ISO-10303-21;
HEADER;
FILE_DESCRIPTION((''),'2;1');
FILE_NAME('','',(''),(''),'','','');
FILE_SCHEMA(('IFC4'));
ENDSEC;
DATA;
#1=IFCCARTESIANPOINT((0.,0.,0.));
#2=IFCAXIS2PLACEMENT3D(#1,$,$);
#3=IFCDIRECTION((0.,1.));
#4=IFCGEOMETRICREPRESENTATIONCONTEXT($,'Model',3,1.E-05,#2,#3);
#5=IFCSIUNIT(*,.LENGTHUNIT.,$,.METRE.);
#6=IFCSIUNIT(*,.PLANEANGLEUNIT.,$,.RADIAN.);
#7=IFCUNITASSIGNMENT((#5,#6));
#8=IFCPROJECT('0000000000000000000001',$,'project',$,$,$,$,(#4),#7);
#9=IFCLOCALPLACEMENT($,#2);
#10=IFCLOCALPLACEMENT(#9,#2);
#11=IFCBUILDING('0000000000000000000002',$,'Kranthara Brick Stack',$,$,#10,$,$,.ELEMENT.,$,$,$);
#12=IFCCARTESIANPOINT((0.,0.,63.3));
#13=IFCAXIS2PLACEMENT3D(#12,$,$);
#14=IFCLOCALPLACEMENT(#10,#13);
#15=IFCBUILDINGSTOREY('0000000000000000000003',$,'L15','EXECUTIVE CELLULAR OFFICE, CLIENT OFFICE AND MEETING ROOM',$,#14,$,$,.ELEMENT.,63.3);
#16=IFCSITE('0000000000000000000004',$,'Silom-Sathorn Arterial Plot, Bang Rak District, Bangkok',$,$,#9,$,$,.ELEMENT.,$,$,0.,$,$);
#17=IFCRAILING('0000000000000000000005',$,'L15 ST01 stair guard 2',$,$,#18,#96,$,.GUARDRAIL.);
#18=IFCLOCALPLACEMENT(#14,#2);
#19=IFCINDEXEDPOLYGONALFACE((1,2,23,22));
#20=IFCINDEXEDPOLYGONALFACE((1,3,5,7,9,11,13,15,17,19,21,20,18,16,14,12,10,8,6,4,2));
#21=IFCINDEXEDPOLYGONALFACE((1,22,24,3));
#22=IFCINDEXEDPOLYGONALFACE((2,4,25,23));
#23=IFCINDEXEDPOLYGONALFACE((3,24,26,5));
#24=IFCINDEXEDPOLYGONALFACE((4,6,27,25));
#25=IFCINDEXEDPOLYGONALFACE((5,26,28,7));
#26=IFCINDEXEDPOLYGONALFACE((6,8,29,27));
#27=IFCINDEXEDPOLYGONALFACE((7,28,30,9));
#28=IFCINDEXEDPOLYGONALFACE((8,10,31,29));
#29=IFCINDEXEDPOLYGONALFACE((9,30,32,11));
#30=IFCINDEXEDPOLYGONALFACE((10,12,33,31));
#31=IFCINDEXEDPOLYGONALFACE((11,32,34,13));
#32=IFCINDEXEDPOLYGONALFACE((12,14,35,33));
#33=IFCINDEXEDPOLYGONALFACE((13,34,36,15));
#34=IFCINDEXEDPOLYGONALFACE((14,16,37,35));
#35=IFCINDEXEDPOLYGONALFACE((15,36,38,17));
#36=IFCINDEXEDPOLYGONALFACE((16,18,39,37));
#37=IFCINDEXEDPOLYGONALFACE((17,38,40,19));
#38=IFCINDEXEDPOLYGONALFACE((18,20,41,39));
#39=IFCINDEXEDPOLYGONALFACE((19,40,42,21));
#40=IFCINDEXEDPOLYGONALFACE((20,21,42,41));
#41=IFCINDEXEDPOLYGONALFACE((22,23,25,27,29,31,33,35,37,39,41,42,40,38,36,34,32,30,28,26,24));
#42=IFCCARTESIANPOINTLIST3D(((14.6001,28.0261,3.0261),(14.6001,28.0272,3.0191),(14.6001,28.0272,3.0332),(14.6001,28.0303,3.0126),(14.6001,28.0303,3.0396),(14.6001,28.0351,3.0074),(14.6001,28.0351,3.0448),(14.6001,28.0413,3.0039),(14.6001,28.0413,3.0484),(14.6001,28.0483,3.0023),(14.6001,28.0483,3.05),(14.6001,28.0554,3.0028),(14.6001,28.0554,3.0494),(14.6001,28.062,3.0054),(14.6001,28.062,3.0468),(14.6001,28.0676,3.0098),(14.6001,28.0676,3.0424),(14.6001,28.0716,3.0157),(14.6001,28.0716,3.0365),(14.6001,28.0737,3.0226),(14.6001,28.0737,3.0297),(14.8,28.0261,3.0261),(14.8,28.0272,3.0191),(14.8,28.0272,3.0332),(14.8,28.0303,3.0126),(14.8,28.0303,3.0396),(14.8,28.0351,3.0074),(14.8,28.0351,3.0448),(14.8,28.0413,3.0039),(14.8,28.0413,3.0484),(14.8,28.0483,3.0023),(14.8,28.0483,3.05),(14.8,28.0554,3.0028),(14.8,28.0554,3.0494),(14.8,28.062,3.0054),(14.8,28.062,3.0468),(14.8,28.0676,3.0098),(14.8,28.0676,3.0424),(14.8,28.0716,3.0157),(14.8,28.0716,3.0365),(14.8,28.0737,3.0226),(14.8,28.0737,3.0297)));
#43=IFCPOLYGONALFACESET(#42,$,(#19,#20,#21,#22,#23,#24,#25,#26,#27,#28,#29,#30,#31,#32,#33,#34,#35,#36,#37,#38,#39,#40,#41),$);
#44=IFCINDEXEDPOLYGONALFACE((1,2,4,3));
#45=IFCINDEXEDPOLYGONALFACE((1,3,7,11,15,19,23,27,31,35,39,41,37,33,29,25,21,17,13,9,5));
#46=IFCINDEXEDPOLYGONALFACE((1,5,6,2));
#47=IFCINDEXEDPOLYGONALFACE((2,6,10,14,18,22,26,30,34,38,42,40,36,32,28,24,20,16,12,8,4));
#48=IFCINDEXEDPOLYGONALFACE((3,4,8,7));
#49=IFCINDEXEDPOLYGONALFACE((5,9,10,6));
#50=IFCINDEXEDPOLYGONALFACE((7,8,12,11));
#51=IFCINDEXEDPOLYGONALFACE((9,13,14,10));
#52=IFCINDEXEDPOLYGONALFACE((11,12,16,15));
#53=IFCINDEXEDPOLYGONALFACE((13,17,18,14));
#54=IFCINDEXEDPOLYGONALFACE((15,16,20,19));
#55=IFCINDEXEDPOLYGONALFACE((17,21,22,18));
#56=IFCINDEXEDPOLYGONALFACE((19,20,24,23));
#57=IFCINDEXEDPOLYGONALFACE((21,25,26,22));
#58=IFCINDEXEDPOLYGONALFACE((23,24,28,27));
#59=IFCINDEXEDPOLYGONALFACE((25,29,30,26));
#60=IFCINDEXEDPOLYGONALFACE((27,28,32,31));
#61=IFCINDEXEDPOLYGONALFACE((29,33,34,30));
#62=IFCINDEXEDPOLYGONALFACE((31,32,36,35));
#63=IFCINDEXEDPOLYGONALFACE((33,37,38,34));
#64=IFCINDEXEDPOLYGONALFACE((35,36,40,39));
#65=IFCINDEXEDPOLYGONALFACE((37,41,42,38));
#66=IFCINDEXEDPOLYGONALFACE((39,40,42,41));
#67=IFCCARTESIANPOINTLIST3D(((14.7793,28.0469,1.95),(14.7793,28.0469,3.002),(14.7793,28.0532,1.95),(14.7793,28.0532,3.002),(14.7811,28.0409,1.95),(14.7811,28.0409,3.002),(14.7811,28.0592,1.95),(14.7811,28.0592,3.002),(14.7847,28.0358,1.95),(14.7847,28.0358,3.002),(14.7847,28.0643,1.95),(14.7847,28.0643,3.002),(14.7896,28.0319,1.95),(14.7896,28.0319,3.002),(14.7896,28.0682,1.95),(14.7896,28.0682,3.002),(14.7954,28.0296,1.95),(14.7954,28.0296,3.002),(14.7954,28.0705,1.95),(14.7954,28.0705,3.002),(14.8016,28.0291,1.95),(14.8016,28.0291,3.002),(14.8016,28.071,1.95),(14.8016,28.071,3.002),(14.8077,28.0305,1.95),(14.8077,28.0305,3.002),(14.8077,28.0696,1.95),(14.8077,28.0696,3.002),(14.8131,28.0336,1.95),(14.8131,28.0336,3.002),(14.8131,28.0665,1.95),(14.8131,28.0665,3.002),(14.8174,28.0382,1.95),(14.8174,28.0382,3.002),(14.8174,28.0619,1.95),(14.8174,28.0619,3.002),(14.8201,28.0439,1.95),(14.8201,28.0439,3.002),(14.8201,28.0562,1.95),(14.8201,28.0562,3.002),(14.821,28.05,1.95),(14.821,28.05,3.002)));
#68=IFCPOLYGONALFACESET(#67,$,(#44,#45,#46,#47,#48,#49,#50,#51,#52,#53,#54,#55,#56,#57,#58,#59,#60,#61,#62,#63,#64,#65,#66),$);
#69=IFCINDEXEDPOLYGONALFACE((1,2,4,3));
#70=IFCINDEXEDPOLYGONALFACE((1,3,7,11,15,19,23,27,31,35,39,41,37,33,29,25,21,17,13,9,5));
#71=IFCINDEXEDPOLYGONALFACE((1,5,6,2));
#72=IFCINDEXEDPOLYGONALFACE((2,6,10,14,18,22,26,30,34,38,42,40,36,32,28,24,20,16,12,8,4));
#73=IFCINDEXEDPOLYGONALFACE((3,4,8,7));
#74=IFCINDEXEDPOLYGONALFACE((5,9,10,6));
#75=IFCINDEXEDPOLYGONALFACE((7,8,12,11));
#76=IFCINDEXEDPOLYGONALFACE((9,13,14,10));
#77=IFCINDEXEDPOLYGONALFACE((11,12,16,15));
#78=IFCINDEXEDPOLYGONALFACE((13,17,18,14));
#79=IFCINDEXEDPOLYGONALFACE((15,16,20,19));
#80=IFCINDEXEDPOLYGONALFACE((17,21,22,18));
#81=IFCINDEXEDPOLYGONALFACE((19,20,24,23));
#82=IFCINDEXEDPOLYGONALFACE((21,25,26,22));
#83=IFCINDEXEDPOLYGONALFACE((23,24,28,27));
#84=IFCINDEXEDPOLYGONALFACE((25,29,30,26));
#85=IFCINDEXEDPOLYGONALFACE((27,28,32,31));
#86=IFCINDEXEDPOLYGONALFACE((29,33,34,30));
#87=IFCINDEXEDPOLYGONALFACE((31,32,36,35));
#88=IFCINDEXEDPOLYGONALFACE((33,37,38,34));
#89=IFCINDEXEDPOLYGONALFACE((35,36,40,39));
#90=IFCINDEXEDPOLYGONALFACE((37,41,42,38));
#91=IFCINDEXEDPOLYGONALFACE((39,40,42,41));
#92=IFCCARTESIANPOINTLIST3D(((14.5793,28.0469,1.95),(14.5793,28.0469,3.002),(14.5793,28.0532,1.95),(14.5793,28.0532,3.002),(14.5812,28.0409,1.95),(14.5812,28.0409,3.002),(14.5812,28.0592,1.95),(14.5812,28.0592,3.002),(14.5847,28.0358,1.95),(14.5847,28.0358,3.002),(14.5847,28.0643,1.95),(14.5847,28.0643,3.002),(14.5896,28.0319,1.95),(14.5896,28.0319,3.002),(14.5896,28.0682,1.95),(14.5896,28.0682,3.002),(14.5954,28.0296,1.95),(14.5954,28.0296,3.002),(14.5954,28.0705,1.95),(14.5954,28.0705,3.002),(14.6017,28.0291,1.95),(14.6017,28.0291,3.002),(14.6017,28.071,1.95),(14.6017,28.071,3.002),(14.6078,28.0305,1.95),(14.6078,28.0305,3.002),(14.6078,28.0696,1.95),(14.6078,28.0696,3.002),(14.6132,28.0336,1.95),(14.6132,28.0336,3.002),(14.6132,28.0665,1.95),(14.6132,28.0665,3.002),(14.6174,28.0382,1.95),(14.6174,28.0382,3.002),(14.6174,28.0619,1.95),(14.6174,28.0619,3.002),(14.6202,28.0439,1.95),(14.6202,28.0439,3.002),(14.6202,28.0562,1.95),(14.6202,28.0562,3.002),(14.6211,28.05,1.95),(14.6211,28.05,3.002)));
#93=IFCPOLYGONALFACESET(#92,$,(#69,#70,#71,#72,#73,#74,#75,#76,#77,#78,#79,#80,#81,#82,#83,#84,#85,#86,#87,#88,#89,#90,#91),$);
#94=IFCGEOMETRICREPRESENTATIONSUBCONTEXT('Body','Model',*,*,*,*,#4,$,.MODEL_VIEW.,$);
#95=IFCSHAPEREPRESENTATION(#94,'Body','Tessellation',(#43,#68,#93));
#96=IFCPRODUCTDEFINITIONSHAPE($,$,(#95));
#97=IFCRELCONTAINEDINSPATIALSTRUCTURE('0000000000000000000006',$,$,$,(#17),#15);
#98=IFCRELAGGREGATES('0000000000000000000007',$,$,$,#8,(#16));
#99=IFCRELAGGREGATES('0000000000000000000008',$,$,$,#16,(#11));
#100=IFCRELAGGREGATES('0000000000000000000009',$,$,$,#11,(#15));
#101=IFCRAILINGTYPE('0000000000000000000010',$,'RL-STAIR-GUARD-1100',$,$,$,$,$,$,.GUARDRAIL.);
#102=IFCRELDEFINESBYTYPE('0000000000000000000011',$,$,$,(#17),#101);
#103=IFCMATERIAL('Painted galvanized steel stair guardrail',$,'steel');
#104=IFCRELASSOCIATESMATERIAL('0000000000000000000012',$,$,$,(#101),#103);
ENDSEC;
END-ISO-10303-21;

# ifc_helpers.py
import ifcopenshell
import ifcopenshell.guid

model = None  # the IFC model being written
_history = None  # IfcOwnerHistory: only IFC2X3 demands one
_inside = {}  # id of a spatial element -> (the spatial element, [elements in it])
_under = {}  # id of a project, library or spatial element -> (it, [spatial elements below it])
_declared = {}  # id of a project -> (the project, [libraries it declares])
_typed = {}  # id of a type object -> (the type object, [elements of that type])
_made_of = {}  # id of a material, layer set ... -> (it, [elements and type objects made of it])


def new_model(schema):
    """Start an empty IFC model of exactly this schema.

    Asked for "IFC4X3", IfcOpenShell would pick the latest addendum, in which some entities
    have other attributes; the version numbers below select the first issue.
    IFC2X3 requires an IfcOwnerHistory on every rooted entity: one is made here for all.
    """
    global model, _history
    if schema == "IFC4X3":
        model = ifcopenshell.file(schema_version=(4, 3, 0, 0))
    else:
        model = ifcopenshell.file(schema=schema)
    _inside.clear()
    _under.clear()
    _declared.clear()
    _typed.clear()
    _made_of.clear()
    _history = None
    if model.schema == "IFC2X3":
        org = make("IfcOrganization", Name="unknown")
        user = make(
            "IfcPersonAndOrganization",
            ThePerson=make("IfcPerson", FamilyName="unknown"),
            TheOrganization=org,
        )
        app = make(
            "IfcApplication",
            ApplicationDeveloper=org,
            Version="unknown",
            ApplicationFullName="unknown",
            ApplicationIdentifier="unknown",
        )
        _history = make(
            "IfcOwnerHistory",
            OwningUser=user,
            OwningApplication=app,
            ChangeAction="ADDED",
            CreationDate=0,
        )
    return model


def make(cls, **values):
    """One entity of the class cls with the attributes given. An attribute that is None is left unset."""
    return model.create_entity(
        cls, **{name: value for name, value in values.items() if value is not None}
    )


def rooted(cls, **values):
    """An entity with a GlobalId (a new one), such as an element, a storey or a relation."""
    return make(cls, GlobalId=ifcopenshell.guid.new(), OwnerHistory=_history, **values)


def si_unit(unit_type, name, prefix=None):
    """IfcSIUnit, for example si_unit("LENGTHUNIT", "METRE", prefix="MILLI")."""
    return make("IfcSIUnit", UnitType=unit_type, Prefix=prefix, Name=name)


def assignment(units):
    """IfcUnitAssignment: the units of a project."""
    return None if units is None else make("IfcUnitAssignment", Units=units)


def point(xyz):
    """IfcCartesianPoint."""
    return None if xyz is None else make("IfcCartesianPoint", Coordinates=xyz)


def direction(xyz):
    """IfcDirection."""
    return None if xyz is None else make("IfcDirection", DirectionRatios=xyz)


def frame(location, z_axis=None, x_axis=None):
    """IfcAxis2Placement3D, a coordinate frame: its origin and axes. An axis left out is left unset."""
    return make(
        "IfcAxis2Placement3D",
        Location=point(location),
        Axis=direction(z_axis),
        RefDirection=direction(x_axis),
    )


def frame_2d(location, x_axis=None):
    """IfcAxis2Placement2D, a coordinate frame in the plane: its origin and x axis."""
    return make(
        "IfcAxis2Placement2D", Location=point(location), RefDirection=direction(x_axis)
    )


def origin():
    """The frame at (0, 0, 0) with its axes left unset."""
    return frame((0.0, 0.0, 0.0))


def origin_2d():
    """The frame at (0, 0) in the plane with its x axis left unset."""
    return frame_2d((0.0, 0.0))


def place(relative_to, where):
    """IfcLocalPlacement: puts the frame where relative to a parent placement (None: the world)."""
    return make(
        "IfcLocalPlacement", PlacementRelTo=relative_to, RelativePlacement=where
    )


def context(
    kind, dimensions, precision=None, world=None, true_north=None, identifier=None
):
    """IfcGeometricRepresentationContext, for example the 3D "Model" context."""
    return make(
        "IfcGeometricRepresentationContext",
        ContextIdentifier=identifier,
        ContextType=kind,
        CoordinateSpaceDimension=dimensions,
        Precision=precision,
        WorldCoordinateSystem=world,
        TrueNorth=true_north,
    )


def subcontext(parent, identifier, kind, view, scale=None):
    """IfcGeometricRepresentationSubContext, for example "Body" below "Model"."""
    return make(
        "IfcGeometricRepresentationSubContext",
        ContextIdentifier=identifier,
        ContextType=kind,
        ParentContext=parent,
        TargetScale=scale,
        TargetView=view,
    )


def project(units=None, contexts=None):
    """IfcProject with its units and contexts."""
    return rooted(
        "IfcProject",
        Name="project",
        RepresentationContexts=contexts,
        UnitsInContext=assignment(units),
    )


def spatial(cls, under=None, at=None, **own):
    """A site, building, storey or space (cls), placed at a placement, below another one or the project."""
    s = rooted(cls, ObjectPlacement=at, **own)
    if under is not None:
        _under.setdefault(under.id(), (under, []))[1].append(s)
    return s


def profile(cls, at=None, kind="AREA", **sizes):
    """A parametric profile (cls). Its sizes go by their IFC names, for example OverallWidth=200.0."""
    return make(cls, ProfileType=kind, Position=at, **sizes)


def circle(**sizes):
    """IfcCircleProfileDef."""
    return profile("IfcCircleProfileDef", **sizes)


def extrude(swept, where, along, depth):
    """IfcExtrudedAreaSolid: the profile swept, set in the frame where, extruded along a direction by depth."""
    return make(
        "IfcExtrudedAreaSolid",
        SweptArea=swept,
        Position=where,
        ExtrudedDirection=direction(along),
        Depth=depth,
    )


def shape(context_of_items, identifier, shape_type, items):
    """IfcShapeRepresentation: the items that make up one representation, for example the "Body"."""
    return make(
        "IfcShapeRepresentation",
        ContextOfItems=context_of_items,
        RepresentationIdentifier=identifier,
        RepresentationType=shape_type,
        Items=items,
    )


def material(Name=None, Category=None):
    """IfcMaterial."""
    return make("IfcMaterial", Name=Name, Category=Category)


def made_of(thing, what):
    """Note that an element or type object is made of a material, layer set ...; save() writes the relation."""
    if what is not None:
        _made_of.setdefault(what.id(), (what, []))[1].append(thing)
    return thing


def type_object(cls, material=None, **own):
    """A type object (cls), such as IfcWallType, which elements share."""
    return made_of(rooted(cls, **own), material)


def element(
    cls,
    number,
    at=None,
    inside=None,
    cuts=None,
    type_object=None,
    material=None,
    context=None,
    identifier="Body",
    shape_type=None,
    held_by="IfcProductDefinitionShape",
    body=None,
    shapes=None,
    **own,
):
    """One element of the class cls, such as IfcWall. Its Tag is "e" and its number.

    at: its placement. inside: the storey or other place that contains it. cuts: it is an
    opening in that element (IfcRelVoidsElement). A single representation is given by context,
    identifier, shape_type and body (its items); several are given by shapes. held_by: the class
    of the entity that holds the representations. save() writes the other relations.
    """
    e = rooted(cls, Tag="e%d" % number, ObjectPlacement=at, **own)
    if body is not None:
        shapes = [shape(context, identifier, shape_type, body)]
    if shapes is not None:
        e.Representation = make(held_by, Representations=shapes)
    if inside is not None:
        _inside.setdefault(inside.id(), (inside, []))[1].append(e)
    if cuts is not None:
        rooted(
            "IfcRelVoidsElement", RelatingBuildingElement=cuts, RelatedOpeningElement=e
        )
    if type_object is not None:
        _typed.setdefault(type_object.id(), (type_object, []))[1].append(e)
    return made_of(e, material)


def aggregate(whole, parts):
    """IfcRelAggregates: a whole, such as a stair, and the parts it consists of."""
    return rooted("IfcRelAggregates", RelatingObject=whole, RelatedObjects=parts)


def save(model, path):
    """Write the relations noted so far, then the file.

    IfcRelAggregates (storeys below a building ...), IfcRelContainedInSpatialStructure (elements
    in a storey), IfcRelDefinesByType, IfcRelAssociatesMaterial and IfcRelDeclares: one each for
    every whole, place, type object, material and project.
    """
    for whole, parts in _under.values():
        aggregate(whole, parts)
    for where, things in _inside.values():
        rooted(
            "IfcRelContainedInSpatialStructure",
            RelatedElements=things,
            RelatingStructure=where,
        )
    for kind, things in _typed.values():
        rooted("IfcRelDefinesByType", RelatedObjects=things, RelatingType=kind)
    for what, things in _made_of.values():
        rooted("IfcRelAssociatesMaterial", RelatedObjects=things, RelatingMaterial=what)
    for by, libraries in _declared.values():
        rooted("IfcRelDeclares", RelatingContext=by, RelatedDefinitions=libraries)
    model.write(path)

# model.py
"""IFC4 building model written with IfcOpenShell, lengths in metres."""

from ifc_helpers import new_model, si_unit, direction, frame, origin, origin_2d, place, context, subcontext, project, spatial, circle, extrude, material, type_object, element, save


model = new_model("IFC4")

# Units and contexts
model_context = context("Model", 3, precision=1e-05, world=origin(), true_north=direction((0.0, 1.0)))
body_context = subcontext(model_context, "Body", "Model", "MODEL_VIEW")
ifc_project = project(units=[si_unit("LENGTHUNIT", "METRE"), si_unit("PLANEANGLEUNIT", "RADIAN")], contexts=[model_context])

# Site, building, storey
site_placement = place(None, origin())
site = spatial("IfcSite", under=ifc_project, at=site_placement, Name="Silom-Sathorn Arterial Plot, Bang Rak District, Bangkok", CompositionType="ELEMENT", RefElevation=0.0)
building_placement = place(site_placement, origin())
building = spatial("IfcBuilding", under=site, at=building_placement, Name="Kranthara Brick Stack", CompositionType="ELEMENT")
storey_placement = place(building_placement, frame((0.0, 0.0, 63.3)))
storey = spatial("IfcBuildingStorey", under=building, at=storey_placement, Name="L15", Description="EXECUTIVE CELLULAR OFFICE, CLIENT OFFICE AND MEETING ROOM", CompositionType="ELEMENT", Elevation=63.3)

# Railing
ifc_material_1 = material(Name="Painted galvanized steel stair guardrail", Category="steel")
railing_type_1 = type_object("IfcRailingType", Name="RL-STAIR-GUARD-1100", PredefinedType="GUARDRAIL", material=ifc_material_1)
railing_1_placement = place(storey_placement, frame((14.8, 28.05, 1.95)))
element("IfcRailing", 1, at=railing_1_placement, inside=storey, type_object=railing_type_1, Name="L15 ST01 stair guard 2", PredefinedType="GUARDRAIL", context=body_context, shape_type="SweptSolid", body=[
    extrude(circle(Radius=0.0239, at=origin_2d()), frame((0.0, 0.0, 1.0762), z_axis=(-1.0, 0.0, 0.0), x_axis=(0.0, -1.0, 0.0)), (0.0, 0.0, 1.0), 0.2),
    extrude(circle(Radius=0.021, at=origin_2d()), origin(), (0.0, 0.0, 1.0), 1.052),
    extrude(circle(Radius=0.021, at=origin_2d()), frame((-0.2, 0.0, 0.0)), (0.0, 0.0, 1.0), 1.052),
])

save(model, "model.ifc")
